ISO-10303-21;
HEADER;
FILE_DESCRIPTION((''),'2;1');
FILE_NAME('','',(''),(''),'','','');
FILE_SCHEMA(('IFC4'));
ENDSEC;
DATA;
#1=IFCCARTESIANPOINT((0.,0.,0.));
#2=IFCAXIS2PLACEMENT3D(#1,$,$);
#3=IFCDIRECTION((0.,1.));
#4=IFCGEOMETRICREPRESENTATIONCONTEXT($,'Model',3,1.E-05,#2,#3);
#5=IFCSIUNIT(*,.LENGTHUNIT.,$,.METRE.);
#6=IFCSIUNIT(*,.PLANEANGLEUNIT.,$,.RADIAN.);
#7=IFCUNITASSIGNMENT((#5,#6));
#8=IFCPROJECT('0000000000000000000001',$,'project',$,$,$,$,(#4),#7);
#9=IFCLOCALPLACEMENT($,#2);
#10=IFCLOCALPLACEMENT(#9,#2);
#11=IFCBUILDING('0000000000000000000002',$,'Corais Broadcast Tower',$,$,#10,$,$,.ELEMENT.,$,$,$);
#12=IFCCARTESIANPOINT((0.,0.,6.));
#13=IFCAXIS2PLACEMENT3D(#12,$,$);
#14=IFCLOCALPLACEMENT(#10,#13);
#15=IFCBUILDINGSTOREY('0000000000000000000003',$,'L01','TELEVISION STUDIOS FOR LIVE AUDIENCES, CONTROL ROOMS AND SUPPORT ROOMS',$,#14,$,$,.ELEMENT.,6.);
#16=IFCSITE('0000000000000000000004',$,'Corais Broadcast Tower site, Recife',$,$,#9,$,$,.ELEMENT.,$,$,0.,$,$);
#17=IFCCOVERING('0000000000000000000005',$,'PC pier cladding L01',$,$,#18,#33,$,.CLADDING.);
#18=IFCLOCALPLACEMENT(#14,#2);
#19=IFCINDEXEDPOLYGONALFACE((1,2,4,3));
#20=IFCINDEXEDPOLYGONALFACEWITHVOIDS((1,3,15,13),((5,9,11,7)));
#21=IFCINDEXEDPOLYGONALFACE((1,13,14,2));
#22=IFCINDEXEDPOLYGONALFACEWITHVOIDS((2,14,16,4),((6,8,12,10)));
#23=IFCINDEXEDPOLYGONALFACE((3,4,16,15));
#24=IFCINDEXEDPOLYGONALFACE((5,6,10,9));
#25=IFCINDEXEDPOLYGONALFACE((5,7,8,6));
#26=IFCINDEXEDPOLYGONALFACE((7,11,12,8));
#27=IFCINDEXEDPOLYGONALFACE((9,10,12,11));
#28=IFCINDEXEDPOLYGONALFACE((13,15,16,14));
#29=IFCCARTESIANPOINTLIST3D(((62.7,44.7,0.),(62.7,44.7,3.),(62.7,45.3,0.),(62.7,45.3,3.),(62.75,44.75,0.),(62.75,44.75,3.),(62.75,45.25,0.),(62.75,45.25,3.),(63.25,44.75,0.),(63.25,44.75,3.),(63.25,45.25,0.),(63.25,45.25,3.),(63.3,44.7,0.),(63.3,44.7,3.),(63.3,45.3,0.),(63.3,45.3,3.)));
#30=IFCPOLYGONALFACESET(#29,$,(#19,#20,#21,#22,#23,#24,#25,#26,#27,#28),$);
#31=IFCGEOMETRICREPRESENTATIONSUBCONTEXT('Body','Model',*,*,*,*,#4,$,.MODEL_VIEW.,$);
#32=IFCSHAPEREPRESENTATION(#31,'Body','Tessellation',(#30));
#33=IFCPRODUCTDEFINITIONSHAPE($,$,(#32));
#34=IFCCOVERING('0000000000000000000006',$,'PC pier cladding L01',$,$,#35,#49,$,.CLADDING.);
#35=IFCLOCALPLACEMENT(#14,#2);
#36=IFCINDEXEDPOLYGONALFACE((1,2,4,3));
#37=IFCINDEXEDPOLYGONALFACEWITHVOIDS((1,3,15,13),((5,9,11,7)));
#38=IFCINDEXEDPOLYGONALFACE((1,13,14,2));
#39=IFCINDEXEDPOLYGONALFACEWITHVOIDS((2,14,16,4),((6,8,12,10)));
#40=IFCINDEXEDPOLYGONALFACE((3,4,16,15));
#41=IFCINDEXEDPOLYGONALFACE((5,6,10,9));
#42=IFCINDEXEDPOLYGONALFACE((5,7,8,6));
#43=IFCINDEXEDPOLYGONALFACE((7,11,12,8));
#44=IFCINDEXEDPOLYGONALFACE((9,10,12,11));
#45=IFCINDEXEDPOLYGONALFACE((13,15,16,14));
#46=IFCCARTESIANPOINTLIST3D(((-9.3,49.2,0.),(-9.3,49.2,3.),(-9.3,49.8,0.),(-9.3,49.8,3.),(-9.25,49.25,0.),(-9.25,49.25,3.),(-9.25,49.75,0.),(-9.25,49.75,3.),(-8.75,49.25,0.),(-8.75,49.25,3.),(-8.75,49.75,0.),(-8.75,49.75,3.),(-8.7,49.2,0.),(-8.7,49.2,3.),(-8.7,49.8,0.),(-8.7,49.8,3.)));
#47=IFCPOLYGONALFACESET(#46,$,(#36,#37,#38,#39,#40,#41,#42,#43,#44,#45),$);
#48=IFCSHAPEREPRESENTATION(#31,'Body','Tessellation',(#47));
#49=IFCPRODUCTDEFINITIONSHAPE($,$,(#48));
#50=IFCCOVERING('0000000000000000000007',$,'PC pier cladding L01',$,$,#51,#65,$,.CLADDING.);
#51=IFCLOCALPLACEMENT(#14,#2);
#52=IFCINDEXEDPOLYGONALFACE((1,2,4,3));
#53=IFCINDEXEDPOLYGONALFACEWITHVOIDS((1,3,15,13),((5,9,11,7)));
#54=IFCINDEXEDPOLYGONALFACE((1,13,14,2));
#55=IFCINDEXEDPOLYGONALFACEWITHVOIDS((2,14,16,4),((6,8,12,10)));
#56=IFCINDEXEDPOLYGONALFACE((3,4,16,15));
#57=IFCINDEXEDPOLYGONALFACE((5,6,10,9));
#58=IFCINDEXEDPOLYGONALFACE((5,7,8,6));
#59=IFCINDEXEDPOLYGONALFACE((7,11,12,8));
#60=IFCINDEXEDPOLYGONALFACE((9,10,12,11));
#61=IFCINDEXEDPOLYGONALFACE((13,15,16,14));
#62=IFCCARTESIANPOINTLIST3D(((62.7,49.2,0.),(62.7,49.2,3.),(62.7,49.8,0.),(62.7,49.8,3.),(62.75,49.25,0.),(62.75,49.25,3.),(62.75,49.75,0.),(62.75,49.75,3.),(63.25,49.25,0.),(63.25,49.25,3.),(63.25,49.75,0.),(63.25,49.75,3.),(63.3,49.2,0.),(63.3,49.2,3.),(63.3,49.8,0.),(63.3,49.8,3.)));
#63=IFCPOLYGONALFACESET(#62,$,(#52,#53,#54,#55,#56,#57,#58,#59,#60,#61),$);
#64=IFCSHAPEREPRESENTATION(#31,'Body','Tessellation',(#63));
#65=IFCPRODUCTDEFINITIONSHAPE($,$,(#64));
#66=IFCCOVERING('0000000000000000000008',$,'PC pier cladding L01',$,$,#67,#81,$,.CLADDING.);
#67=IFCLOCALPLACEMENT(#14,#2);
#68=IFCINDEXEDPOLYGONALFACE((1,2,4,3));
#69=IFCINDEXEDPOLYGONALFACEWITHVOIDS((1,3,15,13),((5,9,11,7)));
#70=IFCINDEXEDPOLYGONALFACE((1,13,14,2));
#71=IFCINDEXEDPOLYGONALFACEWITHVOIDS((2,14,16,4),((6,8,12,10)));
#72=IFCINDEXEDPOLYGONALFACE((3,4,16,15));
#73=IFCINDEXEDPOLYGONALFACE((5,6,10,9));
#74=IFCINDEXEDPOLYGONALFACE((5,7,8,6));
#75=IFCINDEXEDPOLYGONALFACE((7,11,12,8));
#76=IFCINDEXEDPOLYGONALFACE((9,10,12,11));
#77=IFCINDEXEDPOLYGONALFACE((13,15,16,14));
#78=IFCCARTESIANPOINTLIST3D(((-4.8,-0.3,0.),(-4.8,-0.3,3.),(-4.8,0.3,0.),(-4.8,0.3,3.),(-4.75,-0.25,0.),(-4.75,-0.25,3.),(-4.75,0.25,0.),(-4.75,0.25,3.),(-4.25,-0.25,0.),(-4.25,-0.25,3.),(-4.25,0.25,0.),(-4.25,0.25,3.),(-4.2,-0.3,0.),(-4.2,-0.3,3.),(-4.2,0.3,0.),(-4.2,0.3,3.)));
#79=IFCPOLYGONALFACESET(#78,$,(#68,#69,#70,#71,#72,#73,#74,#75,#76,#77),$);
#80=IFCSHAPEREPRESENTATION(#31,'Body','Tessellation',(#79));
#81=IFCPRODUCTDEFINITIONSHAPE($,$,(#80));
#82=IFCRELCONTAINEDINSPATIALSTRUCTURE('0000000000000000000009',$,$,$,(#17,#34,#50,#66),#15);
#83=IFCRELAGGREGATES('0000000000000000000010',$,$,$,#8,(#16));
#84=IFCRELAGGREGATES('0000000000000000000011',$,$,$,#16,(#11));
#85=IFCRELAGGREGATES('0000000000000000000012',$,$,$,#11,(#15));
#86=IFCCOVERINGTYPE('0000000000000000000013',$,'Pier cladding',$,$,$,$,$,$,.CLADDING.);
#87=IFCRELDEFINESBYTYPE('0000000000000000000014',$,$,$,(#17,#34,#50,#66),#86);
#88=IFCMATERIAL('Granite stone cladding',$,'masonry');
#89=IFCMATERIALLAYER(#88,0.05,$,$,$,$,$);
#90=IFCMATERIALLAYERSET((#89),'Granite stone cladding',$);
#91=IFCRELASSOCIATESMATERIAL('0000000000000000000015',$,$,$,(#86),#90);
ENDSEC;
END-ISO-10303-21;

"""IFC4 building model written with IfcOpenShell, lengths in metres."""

from ifc_helpers import new_model, si_unit, direction, frame, origin, place, context, subcontext, project, spatial, polyline, outline, extrude, material, layer, layer_set, type_object, element, save


model = new_model("IFC4")

# Units and contexts
model_context = context("Model", 3, precision=1e-05, world=origin(), true_north=direction((0.0, 1.0)))
body_context = subcontext(model_context, "Body", "Model", "MODEL_VIEW")
ifc_project = project(units=[si_unit("LENGTHUNIT", "METRE"), si_unit("PLANEANGLEUNIT", "RADIAN")], contexts=[model_context])

# Site, building, storey
site_placement = place(None, origin())
site = spatial("IfcSite", under=ifc_project, at=site_placement, Name="Corais Broadcast Tower site, Recife", CompositionType="ELEMENT", RefElevation=0.0)
building_placement = place(site_placement, origin())
building = spatial("IfcBuilding", under=site, at=building_placement, Name="Corais Broadcast Tower", CompositionType="ELEMENT")
storey_placement = place(building_placement, frame((0.0, 0.0, 6.0)))
storey = spatial("IfcBuildingStorey", under=building, at=storey_placement, Name="L01", Description="TELEVISION STUDIOS FOR LIVE AUDIENCES, CONTROL ROOMS AND SUPPORT ROOMS", CompositionType="ELEMENT", Elevation=6.0)

# Coverings
ifc_material_1 = material(Name="Granite stone cladding", Category="masonry")
ifc_layer_1 = layer(ifc_material_1, 0.05)
ifc_layer_set_1 = layer_set([ifc_layer_1], Name="Granite stone cladding")
covering_type = type_object("IfcCoveringType", Name="Pier cladding", PredefinedType="CLADDING", material=ifc_layer_set_1)
covering_1_placement = place(storey_placement, origin())
element("IfcCovering", 1, at=covering_1_placement, inside=storey, type_object=covering_type, Name="PC pier cladding L01", PredefinedType="CLADDING", context=body_context, shape_type="SweptSolid", body=[
    extrude(outline(polyline([(62.7, 44.7), (63.3, 44.7), (63.3, 45.3), (62.7, 45.3), (62.7, 44.7)]), holes=[polyline([(62.75, 44.75), (63.25, 44.75), (63.25, 45.25), (62.75, 45.25), (62.75, 44.75)])]), origin(), (0.0, 0.0, 1.0), 3.0),
])
covering_2_placement = place(storey_placement, origin())
element("IfcCovering", 2, at=covering_2_placement, inside=storey, type_object=covering_type, Name="PC pier cladding L01", PredefinedType="CLADDING", context=body_context, shape_type="SweptSolid", body=[
    extrude(outline(polyline([(-9.3, 49.2), (-8.7, 49.2), (-8.7, 49.8), (-9.3, 49.8), (-9.3, 49.2)]), holes=[polyline([(-9.25, 49.25), (-8.75, 49.25), (-8.75, 49.75), (-9.25, 49.75), (-9.25, 49.25)])]), origin(), (0.0, 0.0, 1.0), 3.0),
])
covering_3_placement = place(storey_placement, origin())
element("IfcCovering", 3, at=covering_3_placement, inside=storey, type_object=covering_type, Name="PC pier cladding L01", PredefinedType="CLADDING", context=body_context, shape_type="SweptSolid", body=[
    extrude(outline(polyline([(62.7, 49.2), (63.3, 49.2), (63.3, 49.8), (62.7, 49.8), (62.7, 49.2)]), holes=[polyline([(62.75, 49.25), (63.25, 49.25), (63.25, 49.75), (62.75, 49.75), (62.75, 49.25)])]), origin(), (0.0, 0.0, 1.0), 3.0),
])
covering_4_placement = place(storey_placement, origin())
element("IfcCovering", 4, at=covering_4_placement, inside=storey, type_object=covering_type, Name="PC pier cladding L01", PredefinedType="CLADDING", context=body_context, shape_type="SweptSolid", body=[
    extrude(outline(polyline([(-4.8, -0.3), (-4.2, -0.3), (-4.2, 0.3), (-4.8, 0.3), (-4.8, -0.3)]), holes=[polyline([(-4.75, -0.25), (-4.25, -0.25), (-4.25, 0.25), (-4.75, 0.25), (-4.75, -0.25)])]), origin(), (0.0, 0.0, 1.0), 3.0),
])

save(model, "model.ifc")
